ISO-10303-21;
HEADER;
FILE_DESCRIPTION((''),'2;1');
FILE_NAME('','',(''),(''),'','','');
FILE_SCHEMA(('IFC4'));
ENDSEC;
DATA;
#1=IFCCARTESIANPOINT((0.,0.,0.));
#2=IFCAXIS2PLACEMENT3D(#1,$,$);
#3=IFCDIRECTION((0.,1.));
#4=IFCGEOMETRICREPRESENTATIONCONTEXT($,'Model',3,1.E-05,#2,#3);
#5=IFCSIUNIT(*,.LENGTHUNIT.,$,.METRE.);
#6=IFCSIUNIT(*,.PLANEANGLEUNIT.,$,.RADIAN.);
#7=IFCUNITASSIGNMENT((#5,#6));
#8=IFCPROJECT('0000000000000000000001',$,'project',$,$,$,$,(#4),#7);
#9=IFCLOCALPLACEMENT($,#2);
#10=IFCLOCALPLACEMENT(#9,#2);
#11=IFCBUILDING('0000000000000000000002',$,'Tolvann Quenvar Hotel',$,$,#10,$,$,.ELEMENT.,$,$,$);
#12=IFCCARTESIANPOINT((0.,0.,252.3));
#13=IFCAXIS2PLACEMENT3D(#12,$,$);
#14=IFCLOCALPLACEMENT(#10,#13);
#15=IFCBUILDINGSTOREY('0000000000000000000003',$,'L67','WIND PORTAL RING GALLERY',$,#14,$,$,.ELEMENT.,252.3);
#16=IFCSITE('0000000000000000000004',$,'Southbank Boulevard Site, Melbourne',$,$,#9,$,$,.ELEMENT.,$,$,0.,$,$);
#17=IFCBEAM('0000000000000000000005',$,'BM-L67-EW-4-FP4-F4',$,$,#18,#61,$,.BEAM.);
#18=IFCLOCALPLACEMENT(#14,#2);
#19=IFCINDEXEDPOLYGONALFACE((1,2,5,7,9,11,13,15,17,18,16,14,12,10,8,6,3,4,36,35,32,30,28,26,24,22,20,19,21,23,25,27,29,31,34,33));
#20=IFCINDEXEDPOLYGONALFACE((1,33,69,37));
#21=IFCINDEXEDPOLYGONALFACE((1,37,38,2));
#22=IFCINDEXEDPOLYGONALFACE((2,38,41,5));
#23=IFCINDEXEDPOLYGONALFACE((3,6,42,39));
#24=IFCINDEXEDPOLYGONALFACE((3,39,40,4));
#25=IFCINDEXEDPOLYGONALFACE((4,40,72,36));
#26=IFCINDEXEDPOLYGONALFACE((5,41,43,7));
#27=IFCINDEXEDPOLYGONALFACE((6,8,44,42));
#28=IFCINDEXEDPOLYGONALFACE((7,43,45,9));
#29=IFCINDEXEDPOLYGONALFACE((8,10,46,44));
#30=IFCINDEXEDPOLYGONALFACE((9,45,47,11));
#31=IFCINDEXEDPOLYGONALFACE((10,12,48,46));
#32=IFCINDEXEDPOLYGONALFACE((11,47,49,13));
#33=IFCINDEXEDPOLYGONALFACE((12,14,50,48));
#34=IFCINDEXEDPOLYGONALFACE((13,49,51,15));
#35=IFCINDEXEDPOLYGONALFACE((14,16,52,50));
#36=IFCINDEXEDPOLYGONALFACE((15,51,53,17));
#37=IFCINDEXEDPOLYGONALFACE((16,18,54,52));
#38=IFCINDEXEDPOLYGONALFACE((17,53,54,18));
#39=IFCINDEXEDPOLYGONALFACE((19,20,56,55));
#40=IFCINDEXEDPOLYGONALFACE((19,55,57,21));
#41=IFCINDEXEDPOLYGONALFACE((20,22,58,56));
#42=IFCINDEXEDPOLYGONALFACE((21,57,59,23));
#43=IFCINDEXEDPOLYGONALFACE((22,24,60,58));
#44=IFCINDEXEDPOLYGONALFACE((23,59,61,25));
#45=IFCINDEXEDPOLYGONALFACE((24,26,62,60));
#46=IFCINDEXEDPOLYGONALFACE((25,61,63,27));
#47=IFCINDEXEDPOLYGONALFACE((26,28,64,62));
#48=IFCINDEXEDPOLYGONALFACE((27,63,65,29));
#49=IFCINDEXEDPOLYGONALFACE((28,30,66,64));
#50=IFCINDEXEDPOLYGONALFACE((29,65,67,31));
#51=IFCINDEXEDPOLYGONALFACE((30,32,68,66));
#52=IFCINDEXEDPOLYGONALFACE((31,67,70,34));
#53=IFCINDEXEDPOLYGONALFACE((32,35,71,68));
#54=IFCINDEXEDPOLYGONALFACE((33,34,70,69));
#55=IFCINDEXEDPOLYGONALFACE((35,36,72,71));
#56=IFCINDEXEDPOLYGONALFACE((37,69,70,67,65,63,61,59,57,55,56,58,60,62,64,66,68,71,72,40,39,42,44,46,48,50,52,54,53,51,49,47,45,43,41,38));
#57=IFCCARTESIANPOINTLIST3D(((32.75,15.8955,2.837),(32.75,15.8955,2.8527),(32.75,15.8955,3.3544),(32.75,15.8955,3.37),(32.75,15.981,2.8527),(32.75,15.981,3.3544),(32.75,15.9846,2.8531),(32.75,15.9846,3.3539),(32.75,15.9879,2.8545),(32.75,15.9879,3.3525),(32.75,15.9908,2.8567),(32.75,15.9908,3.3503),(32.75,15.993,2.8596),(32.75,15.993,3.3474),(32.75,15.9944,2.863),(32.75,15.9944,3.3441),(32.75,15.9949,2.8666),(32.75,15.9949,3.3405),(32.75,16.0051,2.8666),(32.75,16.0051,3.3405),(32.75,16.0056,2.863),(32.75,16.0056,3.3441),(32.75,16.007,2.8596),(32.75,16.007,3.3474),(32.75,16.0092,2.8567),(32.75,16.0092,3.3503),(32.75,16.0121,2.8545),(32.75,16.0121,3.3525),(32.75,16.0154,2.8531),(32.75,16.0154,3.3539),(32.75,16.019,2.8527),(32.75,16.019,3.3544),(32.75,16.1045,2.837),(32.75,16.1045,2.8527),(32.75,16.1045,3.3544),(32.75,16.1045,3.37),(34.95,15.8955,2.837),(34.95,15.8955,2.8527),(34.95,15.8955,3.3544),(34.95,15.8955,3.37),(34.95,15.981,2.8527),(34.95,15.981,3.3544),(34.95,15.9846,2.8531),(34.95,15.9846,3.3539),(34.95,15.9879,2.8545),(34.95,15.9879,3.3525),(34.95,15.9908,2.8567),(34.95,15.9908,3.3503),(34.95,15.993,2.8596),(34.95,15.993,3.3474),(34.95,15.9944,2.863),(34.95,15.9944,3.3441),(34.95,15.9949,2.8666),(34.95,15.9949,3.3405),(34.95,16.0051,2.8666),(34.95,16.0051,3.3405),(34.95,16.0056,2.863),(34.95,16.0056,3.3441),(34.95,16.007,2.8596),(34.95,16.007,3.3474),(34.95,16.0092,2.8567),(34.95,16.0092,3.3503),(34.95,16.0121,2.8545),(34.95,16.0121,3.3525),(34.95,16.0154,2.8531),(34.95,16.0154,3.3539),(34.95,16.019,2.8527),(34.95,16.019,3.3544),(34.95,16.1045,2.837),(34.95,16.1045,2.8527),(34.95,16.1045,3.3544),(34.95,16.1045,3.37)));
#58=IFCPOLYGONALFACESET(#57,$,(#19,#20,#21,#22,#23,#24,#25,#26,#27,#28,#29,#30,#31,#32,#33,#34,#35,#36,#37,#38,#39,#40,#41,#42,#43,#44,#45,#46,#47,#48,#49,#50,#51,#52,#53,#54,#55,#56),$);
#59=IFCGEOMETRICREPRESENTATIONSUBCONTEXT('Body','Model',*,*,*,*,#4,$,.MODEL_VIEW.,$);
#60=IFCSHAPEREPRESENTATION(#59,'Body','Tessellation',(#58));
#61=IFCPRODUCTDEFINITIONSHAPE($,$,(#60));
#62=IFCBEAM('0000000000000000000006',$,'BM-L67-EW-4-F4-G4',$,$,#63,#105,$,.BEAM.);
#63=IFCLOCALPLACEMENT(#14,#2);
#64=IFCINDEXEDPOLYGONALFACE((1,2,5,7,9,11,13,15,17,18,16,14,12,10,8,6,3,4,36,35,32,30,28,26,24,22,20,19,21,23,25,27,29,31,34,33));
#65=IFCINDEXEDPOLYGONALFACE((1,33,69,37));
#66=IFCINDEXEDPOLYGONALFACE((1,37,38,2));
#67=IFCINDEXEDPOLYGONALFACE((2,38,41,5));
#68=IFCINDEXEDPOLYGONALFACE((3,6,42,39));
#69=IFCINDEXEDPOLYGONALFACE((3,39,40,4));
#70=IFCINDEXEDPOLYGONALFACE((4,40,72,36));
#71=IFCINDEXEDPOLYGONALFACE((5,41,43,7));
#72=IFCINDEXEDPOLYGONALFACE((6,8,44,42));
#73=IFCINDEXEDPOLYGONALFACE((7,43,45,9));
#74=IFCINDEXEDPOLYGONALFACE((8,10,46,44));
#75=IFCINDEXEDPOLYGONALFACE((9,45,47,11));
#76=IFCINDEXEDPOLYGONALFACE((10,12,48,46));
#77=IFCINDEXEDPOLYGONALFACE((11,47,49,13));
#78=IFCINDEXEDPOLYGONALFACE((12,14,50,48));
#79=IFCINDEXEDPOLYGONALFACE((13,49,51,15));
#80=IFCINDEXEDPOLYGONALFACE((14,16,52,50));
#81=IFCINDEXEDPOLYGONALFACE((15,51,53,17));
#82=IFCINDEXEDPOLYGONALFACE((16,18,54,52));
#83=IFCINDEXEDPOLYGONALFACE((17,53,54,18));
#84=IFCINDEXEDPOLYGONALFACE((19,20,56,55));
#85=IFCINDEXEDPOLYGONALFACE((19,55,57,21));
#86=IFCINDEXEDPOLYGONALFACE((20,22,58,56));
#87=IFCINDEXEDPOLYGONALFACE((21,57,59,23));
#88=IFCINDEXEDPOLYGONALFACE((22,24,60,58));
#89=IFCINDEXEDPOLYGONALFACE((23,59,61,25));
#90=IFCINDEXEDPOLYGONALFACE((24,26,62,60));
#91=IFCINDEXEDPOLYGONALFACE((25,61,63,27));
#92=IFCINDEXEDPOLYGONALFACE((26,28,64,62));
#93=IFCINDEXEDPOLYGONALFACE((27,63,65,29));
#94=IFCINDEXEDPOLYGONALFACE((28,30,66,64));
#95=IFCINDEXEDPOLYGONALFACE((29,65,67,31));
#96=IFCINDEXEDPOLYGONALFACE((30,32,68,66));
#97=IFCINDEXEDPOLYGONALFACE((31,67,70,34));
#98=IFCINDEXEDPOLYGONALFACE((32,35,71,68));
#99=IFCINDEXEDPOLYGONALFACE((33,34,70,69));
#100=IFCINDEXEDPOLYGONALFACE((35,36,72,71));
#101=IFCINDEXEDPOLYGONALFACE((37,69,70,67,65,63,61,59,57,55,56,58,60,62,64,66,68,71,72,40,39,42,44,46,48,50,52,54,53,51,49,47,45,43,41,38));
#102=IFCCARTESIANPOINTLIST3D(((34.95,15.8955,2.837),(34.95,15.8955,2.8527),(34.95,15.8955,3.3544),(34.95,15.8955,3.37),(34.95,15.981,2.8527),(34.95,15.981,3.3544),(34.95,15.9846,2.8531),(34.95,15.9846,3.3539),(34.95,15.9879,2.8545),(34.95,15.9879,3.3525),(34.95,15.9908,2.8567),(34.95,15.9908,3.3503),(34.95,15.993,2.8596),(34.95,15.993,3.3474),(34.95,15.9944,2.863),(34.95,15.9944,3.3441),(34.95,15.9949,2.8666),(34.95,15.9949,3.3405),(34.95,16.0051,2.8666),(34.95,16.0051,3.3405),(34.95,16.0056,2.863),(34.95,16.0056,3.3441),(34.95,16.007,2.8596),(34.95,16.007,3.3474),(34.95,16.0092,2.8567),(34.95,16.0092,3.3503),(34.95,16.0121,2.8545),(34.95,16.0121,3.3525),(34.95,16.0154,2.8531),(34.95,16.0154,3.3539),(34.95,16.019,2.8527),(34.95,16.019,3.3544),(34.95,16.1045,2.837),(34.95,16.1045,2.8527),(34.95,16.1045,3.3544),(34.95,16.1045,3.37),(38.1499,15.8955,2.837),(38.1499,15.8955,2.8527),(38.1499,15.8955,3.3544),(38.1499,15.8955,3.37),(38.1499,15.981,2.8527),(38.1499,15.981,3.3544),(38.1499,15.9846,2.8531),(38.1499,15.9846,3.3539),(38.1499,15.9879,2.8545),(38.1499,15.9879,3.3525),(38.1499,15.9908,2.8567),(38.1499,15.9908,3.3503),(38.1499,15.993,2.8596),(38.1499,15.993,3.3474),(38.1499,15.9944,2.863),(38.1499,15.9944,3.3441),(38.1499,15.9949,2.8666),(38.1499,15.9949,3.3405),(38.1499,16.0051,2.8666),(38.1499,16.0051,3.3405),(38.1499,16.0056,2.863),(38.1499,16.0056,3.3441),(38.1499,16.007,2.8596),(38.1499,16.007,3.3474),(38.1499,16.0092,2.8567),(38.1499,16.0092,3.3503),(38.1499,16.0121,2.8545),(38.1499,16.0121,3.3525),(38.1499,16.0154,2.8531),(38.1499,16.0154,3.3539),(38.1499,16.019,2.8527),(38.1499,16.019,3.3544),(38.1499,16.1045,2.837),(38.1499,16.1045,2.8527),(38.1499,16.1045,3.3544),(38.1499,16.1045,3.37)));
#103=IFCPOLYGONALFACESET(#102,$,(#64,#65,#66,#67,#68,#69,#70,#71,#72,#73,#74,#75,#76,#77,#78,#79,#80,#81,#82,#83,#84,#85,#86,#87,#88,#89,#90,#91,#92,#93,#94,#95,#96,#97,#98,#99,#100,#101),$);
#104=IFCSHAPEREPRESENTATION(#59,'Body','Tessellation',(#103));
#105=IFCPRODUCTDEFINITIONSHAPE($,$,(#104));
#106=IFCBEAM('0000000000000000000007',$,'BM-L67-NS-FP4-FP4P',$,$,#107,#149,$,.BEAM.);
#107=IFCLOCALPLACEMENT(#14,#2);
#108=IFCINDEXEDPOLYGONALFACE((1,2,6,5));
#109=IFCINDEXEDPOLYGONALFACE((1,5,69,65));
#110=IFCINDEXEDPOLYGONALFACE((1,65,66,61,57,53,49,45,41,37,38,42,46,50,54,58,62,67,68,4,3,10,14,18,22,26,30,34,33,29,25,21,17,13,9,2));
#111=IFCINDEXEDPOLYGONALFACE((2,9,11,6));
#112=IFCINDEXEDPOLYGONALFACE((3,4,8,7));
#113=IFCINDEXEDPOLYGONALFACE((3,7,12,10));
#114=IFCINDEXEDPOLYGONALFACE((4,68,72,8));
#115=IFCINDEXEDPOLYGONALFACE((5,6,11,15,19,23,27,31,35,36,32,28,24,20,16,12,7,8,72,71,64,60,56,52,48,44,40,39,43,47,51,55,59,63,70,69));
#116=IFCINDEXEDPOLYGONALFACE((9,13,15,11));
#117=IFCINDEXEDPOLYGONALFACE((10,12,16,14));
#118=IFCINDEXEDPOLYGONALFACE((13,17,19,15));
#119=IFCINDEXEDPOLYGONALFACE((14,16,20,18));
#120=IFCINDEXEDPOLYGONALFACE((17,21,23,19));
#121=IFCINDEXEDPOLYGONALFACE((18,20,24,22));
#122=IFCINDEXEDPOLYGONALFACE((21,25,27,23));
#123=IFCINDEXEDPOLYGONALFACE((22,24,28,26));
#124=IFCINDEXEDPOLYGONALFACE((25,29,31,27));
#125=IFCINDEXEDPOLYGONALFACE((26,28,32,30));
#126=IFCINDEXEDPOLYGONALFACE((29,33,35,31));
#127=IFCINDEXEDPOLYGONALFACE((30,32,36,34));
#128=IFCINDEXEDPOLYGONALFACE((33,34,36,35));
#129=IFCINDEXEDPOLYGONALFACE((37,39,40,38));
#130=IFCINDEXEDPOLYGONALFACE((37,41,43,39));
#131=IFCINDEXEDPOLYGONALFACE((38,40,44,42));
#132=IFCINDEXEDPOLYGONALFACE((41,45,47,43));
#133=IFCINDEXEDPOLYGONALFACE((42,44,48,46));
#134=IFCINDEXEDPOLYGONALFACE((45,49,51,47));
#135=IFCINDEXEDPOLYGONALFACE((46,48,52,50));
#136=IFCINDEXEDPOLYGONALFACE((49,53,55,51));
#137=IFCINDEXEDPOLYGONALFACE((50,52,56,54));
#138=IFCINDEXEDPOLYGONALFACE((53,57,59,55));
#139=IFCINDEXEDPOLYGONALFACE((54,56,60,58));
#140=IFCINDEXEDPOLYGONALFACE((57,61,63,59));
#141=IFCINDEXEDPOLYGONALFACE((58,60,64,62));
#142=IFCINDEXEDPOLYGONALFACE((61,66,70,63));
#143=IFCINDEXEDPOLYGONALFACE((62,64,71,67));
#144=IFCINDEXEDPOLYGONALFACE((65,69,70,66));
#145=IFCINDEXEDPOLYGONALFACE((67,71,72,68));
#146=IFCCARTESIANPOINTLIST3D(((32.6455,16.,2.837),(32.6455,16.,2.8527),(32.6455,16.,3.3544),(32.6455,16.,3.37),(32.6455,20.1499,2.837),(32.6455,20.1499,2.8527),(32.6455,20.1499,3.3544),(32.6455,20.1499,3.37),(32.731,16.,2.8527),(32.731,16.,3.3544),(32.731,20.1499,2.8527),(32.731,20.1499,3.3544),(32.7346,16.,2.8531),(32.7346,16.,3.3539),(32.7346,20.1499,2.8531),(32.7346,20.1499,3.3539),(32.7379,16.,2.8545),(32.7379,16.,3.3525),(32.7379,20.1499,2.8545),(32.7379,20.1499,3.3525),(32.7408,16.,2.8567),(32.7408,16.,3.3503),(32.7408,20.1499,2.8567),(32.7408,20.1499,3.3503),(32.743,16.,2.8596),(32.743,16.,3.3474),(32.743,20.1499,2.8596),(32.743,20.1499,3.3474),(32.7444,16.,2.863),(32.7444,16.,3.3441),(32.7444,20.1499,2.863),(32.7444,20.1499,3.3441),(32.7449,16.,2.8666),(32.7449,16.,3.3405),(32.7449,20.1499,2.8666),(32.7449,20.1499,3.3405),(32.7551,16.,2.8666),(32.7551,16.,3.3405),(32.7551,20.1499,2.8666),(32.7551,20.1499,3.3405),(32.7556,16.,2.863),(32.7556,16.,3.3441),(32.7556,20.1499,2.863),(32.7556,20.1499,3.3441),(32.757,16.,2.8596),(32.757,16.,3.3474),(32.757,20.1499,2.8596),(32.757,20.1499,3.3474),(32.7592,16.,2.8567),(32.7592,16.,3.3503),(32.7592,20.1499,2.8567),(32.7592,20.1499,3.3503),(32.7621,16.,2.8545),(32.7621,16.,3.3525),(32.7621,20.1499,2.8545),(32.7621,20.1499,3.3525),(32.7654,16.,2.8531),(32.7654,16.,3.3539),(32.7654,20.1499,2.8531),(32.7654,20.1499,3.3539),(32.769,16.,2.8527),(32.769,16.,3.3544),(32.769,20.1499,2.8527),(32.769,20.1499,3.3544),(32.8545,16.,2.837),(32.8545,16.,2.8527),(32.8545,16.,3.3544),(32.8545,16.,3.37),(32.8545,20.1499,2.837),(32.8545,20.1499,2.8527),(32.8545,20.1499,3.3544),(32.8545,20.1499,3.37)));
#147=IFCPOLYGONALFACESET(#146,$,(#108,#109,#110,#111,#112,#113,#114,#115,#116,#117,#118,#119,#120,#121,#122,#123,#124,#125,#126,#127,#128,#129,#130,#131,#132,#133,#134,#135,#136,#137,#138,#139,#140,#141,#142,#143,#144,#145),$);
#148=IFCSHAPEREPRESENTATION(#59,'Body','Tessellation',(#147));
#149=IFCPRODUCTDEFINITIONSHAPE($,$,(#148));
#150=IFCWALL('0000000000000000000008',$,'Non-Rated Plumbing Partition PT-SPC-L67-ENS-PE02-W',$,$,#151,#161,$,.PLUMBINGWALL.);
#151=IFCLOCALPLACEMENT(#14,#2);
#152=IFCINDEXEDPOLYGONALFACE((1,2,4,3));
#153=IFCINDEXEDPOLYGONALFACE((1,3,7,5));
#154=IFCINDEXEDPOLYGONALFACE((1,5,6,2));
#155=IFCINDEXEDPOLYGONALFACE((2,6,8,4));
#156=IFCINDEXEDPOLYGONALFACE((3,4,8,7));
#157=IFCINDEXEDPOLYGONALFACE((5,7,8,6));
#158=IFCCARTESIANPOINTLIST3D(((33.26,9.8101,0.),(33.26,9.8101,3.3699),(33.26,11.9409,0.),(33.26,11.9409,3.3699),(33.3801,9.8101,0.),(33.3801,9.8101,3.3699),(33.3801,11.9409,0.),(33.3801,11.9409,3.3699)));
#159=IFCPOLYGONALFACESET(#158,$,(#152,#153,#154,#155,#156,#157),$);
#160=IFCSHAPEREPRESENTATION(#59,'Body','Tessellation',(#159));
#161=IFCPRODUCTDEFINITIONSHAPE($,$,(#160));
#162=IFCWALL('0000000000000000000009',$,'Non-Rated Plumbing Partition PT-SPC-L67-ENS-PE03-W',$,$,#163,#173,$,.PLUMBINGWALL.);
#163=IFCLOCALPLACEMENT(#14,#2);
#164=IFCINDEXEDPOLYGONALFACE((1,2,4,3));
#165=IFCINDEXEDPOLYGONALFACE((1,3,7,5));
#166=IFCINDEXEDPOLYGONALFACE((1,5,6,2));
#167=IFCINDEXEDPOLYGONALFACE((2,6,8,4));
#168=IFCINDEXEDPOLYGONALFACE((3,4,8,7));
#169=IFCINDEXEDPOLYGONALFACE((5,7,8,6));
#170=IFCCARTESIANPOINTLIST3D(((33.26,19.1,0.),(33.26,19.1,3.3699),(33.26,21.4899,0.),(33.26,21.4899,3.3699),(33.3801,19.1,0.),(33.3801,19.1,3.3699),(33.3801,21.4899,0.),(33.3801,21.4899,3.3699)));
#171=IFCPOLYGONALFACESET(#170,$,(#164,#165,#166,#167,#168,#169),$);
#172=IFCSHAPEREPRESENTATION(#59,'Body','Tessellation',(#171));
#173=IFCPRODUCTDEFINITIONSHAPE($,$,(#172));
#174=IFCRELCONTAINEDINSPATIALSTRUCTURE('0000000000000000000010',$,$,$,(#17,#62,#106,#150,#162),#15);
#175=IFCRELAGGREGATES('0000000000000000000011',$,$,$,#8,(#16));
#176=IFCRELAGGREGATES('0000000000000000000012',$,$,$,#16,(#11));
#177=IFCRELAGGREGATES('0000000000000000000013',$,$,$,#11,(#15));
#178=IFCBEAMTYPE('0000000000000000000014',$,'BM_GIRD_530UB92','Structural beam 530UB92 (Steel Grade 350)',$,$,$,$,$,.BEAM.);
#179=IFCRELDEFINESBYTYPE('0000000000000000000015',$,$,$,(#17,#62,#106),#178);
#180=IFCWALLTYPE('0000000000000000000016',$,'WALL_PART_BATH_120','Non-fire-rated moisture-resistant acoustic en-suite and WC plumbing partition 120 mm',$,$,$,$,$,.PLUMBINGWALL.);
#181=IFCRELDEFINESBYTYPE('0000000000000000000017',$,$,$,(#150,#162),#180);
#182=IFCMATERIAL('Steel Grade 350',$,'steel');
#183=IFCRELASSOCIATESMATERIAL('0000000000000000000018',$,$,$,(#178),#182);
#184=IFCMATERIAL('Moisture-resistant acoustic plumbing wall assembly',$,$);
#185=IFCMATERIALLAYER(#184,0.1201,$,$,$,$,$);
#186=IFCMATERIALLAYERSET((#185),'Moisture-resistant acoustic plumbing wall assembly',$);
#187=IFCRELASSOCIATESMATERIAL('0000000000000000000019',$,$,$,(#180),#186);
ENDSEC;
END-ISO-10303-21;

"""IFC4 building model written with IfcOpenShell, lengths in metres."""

from ifc_helpers import new_model, si_unit, direction, frame, frame_2d, origin, origin_2d, place, context, subcontext, project, spatial, rectangle, i_section, extrude, source, transform, mapped, material, layer, layer_set, material_profile, profile_set, type_object, element, save


model = new_model("IFC4")

# Units and contexts
model_context = context("Model", 3, precision=1e-05, world=origin(), true_north=direction((0.0, 1.0)))
body_context = subcontext(model_context, "Body", "Model", "MODEL_VIEW")
ifc_project = project(units=[si_unit("LENGTHUNIT", "METRE"), si_unit("PLANEANGLEUNIT", "RADIAN")], contexts=[model_context])

# Site, building, storey
site_placement = place(None, origin())
site = spatial("IfcSite", under=ifc_project, at=site_placement, Name="Southbank Boulevard Site, Melbourne", CompositionType="ELEMENT", RefElevation=0.0)
building_placement = place(site_placement, origin())
building = spatial("IfcBuilding", under=site, at=building_placement, Name="Tolvann Quenvar Hotel", CompositionType="ELEMENT")
storey_placement = place(building_placement, frame((0.0, 0.0, 252.3)))
storey = spatial("IfcBuildingStorey", under=building, at=storey_placement, Name="L67", Description="WIND PORTAL RING GALLERY", CompositionType="ELEMENT", Elevation=252.3)

# Shared definitions
ifc_material_1 = material(Name="Steel Grade 350", Category="steel")

# Beams
ifc_material_profile_1 = material_profile(ifc_material_1, i_section(OverallWidth=0.209, OverallDepth=0.533, WebThickness=0.0103, FlangeThickness=0.0156, FilletRadius=0.0139, at=origin_2d()), Name="530UB92")
ifc_profile_set_1 = profile_set([ifc_material_profile_1], Name="Steel Grade 350")
beam_type_1 = type_object("IfcBeamType", Name="BM_GIRD_530UB92", Description="Structural beam 530UB92 (Steel Grade 350)", PredefinedType="BEAM", material=ifc_profile_set_1)
shared_shape_1 = source(origin(), body_context, "Body", "SweptSolid", [
    extrude(i_section(OverallWidth=0.209, OverallDepth=0.533, WebThickness=0.0103, FlangeThickness=0.0156, FilletRadius=0.0139, at=origin_2d()), origin(), (0.0, 0.0, 1.0), 2.2),
])
beam_1_placement = place(storey_placement, frame((32.75, 16.0, 3.1035), z_axis=(1.0, 0.0, 0.0), x_axis=(0.0, 1.0, 0.0)))
element("IfcBeam", 1, at=beam_1_placement, inside=storey, type_object=beam_type_1, Name="BM-L67-EW-4-FP4-F4", PredefinedType="BEAM", context=body_context, shape_type="MappedRepresentation", body=[
    mapped(shared_shape_1, transform((0.0, 0.0, 0.0), x_axis=(1.0, 0.0, 0.0), y_axis=(0.0, 1.0, 0.0), z_axis=(0.0, 0.0, 1.0), scale=1.0)),
])
shared_shape_2 = source(origin(), body_context, "Body", "SweptSolid", [
    extrude(i_section(OverallWidth=0.209, OverallDepth=0.533, WebThickness=0.0103, FlangeThickness=0.0156, FilletRadius=0.0139, at=origin_2d()), origin(), (0.0, 0.0, 1.0), 3.2),
])
beam_2_placement = place(storey_placement, frame((34.95, 16.0, 3.1035), z_axis=(1.0, 0.0, 0.0), x_axis=(0.0, 1.0, 0.0)))
element("IfcBeam", 2, at=beam_2_placement, inside=storey, type_object=beam_type_1, Name="BM-L67-EW-4-F4-G4", PredefinedType="BEAM", context=body_context, shape_type="MappedRepresentation", body=[
    mapped(shared_shape_2, transform((0.0, 0.0, 0.0), x_axis=(1.0, 0.0, 0.0), y_axis=(0.0, 1.0, 0.0), z_axis=(0.0, 0.0, 1.0), scale=1.0)),
])
shared_shape_3 = source(origin(), body_context, "Body", "SweptSolid", [
    extrude(i_section(OverallWidth=0.209, OverallDepth=0.533, WebThickness=0.0103, FlangeThickness=0.0156, FilletRadius=0.0139, at=origin_2d()), origin(), (0.0, 0.0, 1.0), 4.1499),
])
beam_3_placement = place(storey_placement, frame((32.75, 16.0, 3.1035), z_axis=(0.0, 1.0, 0.0), x_axis=(-1.0, 0.0, 0.0)))
element("IfcBeam", 3, at=beam_3_placement, inside=storey, type_object=beam_type_1, Name="BM-L67-NS-FP4-FP4P", PredefinedType="BEAM", context=body_context, shape_type="MappedRepresentation", body=[
    mapped(shared_shape_3, transform((0.0, 0.0, 0.0), x_axis=(1.0, 0.0, 0.0), y_axis=(0.0, 1.0, 0.0), z_axis=(0.0, 0.0, 1.0), scale=1.0)),
])

# Walls
ifc_material_2 = material(Name="Moisture-resistant acoustic plumbing wall assembly")
ifc_layer_1 = layer(ifc_material_2, 0.1201)
ifc_layer_set_1 = layer_set([ifc_layer_1], Name="Moisture-resistant acoustic plumbing wall assembly")
wall_type_1 = type_object("IfcWallType", Name="WALL_PART_BATH_120", Description="Non-fire-rated moisture-resistant acoustic en-suite and WC plumbing partition 120 mm", PredefinedType="PLUMBINGWALL", material=ifc_layer_set_1)
wall_1_placement = place(storey_placement, frame((33.3201, 9.8101, 0.0), z_axis=(0.0, 0.0, 1.0), x_axis=(0.0, 1.0, 0.0)))
element("IfcWall", 4, at=wall_1_placement, inside=storey, type_object=wall_type_1, Name="Non-Rated Plumbing Partition PT-SPC-L67-ENS-PE02-W", PredefinedType="PLUMBINGWALL", context=body_context, shape_type="SweptSolid", body=[
    extrude(rectangle(XDim=2.1309, YDim=0.1201, at=frame_2d((1.0654, 0.0))), origin(), (0.0, 0.0, 1.0), 3.3699),
])
wall_2_placement = place(storey_placement, frame((33.3201, 19.1001, 0.0), z_axis=(0.0, 0.0, 1.0), x_axis=(0.0, 1.0, 0.0)))
element("IfcWall", 5, at=wall_2_placement, inside=storey, type_object=wall_type_1, Name="Non-Rated Plumbing Partition PT-SPC-L67-ENS-PE03-W", PredefinedType="PLUMBINGWALL", context=body_context, shape_type="SweptSolid", body=[
    extrude(rectangle(XDim=2.3899, YDim=0.1201, at=frame_2d((1.1948, 0.0))), origin(), (0.0, 0.0, 1.0), 3.3699),
])

save(model, "model.ifc")
